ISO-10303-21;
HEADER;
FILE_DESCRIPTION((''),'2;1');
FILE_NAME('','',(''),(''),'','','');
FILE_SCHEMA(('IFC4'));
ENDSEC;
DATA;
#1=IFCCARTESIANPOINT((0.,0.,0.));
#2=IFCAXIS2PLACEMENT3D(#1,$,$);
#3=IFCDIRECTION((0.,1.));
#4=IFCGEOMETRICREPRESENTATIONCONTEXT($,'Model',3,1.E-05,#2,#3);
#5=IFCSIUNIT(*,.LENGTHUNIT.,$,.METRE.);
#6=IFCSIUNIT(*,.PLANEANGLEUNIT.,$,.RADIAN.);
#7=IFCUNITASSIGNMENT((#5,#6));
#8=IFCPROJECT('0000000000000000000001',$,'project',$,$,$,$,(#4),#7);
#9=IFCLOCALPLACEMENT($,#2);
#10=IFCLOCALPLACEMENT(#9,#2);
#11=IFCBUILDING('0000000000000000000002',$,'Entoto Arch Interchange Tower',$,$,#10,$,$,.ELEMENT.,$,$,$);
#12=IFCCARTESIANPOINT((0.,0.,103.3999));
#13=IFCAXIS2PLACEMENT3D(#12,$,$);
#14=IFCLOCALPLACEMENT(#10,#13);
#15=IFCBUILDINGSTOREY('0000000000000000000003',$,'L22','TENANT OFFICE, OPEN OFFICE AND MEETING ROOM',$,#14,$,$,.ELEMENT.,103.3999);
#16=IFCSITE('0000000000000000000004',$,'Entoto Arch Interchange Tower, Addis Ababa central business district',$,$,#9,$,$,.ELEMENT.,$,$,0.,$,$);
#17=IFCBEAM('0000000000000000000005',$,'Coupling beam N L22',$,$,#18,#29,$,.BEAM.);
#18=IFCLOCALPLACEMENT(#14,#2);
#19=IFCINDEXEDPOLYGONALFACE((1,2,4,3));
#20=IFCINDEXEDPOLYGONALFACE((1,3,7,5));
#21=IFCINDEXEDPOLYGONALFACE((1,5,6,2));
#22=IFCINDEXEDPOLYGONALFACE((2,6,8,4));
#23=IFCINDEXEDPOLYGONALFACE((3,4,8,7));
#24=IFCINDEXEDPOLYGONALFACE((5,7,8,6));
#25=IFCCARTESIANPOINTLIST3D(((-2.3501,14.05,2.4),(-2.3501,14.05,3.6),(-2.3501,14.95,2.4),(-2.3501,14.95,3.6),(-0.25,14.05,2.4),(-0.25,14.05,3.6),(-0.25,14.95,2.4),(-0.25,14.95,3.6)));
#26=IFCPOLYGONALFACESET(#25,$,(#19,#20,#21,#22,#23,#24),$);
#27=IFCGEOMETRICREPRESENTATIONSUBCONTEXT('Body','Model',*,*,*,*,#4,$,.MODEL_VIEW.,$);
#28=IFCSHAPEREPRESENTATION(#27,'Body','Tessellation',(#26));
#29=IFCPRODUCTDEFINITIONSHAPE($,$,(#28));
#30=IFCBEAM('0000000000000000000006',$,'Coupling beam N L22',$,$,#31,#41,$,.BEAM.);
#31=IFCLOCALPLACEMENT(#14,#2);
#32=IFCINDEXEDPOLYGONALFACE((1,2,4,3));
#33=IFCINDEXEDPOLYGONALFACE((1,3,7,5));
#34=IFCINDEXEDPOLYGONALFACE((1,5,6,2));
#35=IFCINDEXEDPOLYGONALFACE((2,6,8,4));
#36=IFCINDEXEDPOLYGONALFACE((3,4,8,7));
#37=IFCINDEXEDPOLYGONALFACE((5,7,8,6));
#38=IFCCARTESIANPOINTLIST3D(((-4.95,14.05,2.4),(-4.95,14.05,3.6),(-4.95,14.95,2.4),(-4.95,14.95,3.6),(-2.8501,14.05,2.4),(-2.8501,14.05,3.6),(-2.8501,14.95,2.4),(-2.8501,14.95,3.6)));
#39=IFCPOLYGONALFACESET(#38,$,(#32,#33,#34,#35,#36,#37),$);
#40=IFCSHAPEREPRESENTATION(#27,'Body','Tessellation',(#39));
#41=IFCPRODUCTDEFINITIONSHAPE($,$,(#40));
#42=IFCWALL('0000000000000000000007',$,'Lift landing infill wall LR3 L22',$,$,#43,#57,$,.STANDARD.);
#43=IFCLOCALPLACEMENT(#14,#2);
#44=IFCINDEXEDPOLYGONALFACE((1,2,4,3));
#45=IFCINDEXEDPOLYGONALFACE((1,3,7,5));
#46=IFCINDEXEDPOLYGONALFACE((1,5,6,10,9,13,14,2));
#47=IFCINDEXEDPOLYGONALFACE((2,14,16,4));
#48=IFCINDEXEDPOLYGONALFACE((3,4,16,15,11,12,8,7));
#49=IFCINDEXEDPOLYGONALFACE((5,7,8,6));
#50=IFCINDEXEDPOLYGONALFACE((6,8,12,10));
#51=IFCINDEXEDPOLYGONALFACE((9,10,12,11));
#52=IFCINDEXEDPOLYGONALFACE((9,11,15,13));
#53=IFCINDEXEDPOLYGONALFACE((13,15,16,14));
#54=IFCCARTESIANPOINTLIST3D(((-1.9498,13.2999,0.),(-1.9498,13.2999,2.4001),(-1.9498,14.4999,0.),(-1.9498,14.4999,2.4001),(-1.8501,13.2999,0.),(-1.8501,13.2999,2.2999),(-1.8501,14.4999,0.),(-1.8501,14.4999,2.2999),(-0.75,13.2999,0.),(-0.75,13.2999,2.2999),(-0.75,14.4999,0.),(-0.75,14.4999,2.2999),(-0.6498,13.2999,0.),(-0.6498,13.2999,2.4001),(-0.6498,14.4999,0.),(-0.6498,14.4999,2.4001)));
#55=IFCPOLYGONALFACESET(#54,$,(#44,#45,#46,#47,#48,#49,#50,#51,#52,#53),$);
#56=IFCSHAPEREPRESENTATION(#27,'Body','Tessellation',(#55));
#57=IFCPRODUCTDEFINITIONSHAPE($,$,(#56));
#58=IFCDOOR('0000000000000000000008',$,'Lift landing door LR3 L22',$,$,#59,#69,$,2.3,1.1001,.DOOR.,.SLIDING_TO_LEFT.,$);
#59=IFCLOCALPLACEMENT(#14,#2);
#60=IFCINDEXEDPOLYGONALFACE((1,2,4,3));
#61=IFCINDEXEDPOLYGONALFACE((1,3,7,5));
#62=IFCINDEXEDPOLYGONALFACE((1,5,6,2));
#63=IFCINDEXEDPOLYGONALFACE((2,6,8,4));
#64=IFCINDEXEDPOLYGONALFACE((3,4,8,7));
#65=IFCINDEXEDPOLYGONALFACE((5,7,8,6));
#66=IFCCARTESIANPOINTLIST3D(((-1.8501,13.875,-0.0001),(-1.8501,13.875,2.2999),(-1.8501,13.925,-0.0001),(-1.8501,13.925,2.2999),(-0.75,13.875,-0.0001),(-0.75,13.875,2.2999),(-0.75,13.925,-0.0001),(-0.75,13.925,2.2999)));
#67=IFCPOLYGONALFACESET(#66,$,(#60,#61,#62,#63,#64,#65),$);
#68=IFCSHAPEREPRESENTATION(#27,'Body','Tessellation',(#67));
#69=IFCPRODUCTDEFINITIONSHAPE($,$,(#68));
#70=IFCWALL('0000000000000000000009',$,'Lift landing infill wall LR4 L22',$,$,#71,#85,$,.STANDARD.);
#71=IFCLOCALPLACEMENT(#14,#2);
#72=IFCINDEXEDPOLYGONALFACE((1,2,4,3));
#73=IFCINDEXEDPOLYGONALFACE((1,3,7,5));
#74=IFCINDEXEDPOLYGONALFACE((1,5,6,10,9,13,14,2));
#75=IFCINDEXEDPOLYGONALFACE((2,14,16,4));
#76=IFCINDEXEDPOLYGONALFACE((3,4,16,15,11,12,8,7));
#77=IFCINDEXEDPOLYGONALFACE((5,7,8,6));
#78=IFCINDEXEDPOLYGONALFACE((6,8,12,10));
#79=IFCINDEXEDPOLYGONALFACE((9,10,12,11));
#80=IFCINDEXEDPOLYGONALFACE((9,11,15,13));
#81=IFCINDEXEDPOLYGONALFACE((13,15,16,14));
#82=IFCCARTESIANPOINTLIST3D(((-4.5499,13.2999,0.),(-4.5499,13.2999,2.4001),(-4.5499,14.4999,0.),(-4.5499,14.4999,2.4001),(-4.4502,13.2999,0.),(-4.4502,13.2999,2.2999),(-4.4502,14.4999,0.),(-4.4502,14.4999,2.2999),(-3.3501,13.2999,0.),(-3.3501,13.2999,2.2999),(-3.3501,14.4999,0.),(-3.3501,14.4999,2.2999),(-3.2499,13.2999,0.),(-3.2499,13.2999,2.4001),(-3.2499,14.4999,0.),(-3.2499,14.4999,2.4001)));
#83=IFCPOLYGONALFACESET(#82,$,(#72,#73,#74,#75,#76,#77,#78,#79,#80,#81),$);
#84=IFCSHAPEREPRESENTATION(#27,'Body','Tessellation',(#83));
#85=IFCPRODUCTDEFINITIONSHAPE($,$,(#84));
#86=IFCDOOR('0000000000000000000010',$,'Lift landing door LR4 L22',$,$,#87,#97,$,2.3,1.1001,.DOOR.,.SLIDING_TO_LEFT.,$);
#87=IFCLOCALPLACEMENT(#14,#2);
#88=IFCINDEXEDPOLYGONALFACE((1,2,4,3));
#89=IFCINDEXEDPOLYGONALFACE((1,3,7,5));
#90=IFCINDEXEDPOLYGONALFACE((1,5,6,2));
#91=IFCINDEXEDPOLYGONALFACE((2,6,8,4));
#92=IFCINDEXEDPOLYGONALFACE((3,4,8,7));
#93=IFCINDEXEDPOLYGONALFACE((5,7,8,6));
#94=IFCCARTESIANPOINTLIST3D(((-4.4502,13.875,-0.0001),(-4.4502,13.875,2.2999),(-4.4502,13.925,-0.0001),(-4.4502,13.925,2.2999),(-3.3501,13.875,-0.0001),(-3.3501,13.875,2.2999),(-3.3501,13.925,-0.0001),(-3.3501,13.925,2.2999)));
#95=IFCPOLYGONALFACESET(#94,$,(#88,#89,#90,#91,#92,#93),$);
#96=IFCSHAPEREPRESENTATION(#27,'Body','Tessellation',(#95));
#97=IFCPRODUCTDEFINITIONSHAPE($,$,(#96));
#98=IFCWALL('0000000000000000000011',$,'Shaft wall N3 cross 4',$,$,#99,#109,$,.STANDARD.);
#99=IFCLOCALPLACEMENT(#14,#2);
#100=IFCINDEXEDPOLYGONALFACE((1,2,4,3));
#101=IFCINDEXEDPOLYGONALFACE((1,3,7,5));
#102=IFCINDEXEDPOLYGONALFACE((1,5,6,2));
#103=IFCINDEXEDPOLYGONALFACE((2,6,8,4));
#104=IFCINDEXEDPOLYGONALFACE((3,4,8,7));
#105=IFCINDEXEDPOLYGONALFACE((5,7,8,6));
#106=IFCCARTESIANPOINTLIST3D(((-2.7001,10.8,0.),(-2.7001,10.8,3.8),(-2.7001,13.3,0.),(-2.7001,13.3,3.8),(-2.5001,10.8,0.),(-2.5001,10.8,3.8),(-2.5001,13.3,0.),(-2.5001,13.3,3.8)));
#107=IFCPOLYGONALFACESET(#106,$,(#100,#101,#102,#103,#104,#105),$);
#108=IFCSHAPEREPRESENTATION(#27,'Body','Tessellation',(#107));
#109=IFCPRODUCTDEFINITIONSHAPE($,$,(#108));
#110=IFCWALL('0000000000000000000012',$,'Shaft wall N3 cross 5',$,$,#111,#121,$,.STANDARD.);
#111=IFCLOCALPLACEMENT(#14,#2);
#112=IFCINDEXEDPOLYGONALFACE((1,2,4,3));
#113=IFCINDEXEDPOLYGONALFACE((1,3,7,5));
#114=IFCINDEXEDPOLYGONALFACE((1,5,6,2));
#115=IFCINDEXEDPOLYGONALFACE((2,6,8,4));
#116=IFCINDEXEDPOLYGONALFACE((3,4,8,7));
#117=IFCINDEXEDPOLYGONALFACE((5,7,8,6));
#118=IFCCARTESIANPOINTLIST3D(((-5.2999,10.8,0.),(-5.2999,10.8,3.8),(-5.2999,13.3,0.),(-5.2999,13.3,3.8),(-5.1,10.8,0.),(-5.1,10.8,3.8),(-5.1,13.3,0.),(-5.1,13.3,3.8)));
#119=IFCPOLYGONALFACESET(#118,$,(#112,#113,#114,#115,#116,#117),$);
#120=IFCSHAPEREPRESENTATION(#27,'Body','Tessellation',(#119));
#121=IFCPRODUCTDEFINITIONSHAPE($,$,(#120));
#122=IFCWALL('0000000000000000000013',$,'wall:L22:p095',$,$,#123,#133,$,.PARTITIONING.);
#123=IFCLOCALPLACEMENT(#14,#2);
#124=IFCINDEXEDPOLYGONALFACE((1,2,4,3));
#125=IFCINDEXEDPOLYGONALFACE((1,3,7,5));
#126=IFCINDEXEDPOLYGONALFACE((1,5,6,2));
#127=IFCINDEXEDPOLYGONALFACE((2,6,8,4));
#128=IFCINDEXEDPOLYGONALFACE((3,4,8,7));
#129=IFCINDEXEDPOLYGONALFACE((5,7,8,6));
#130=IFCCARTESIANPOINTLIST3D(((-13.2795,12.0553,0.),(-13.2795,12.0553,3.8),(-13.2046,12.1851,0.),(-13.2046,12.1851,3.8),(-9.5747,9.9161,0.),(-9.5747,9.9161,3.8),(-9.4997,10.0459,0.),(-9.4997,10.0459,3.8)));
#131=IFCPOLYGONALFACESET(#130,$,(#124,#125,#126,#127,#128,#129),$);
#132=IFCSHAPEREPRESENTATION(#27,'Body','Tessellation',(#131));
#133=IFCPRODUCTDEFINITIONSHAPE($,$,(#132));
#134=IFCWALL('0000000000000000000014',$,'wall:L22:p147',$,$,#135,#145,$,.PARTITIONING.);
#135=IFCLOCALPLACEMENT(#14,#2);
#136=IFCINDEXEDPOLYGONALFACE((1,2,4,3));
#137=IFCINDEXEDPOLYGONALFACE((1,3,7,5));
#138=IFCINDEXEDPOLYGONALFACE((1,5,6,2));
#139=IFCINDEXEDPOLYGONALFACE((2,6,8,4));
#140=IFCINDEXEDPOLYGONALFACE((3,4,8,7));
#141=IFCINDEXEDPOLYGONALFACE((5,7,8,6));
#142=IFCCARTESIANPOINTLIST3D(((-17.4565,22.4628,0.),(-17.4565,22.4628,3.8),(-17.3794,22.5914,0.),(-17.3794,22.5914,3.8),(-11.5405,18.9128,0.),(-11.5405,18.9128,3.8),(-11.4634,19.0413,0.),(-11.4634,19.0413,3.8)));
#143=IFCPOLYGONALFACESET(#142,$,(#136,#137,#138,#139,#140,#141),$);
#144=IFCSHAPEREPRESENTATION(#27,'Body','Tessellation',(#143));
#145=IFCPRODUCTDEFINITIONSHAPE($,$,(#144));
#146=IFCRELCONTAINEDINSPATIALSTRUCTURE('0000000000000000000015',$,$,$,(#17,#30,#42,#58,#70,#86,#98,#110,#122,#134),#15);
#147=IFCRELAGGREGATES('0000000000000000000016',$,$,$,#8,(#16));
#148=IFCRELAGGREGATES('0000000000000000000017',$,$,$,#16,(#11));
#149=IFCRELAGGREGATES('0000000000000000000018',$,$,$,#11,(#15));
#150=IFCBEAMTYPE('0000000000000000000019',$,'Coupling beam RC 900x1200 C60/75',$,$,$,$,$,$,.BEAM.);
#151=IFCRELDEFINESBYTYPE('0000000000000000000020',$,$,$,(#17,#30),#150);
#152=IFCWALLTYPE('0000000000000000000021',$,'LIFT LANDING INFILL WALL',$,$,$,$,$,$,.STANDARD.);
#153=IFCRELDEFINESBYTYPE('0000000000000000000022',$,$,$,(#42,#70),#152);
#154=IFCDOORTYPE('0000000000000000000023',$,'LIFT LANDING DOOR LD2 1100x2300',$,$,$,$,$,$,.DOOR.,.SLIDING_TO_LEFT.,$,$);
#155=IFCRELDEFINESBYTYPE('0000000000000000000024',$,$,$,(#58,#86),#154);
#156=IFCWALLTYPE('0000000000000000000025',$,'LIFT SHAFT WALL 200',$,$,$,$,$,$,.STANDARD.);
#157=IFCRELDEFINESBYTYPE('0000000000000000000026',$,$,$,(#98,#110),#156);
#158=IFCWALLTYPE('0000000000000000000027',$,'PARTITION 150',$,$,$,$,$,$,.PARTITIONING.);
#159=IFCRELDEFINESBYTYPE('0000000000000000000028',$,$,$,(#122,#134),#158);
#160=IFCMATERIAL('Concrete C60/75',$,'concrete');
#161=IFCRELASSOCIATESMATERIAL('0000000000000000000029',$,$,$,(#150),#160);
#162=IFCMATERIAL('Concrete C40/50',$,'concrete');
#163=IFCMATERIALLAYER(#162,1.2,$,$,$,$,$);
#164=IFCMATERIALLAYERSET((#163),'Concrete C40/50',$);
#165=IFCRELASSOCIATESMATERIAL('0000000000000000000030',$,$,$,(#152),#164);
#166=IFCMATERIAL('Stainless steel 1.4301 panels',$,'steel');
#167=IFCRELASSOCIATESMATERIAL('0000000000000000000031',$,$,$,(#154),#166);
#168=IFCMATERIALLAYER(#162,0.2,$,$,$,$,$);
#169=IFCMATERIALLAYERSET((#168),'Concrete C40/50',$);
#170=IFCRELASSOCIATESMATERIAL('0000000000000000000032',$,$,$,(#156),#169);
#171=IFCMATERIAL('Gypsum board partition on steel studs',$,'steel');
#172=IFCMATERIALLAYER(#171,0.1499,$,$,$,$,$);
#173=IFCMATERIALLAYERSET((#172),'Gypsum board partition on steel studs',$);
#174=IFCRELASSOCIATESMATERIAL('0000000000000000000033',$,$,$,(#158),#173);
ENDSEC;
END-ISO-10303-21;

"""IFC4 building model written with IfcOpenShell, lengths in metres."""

from ifc_helpers import new_model, si_unit, direction, frame, frame_2d, origin, origin_2d, place, context, subcontext, project, spatial, rectangle, extrude, material, layer, layer_set, material_profile, profile_set, type_object, element, fill, save


model = new_model("IFC4")

# Units and contexts
model_context = context("Model", 3, precision=1e-05, world=origin(), true_north=direction((0.0, 1.0)))
body_context = subcontext(model_context, "Body", "Model", "MODEL_VIEW")
ifc_project = project(units=[si_unit("LENGTHUNIT", "METRE"), si_unit("PLANEANGLEUNIT", "RADIAN")], contexts=[model_context])

# Site, building, storey
site_placement = place(None, origin())
site = spatial("IfcSite", under=ifc_project, at=site_placement, Name="Entoto Arch Interchange Tower, Addis Ababa central business district", CompositionType="ELEMENT", RefElevation=0.0)
building_placement = place(site_placement, origin())
building = spatial("IfcBuilding", under=site, at=building_placement, Name="Entoto Arch Interchange Tower", CompositionType="ELEMENT")
storey_placement = place(building_placement, frame((0.0, 0.0, 103.3999)))
storey = spatial("IfcBuildingStorey", under=building, at=storey_placement, Name="L22", Description="TENANT OFFICE, OPEN OFFICE AND MEETING ROOM", CompositionType="ELEMENT", Elevation=103.3999)

# Beams
ifc_material_1 = material(Name="Concrete C60/75", Category="concrete")
ifc_material_profile = material_profile(ifc_material_1, rectangle(XDim=0.8999, YDim=1.2, at=origin_2d()))
ifc_profile_set = profile_set([ifc_material_profile], Name="Concrete C60/75")
beam_type = type_object("IfcBeamType", Name="Coupling beam RC 900x1200 C60/75", PredefinedType="BEAM", material=ifc_profile_set)
beam_1_placement = place(storey_placement, frame((-0.25, 14.5, 3.0), z_axis=(-1.0, 0.0, 0.0), x_axis=(0.0, -1.0, 0.0)))
element("IfcBeam", 1, at=beam_1_placement, inside=storey, type_object=beam_type, Name="Coupling beam N L22", PredefinedType="BEAM", context=body_context, shape_type="SweptSolid", body=[
    extrude(rectangle(XDim=0.8999, YDim=1.2, at=origin_2d()), origin(), (0.0, 0.0, 1.0), 2.1001),
])
beam_2_placement = place(storey_placement, frame((-2.8501, 14.5, 3.0), z_axis=(-1.0, 0.0, 0.0), x_axis=(0.0, -1.0, 0.0)))
element("IfcBeam", 2, at=beam_2_placement, inside=storey, type_object=beam_type, Name="Coupling beam N L22", PredefinedType="BEAM", context=body_context, shape_type="SweptSolid", body=[
    extrude(rectangle(XDim=0.8999, YDim=1.2, at=origin_2d()), origin(), (0.0, 0.0, 1.0), 2.0999),
])

# Walls, openings, doors
ifc_material_2 = material(Name="Concrete C40/50", Category="concrete")
ifc_layer_1 = layer(ifc_material_2, 1.2)
ifc_layer_set_1 = layer_set([ifc_layer_1], Name="Concrete C40/50")
wall_type_1 = type_object("IfcWallType", Name="LIFT LANDING INFILL WALL", PredefinedType="STANDARD", material=ifc_layer_set_1)
wall_1_placement = place(storey_placement, frame((-0.6499, 13.8999, 0.0), z_axis=(0.0, 0.0, 1.0), x_axis=(-1.0, 0.0, 0.0)))
wall_1 = element("IfcWall", 3, at=wall_1_placement, inside=storey, type_object=wall_type_1, Name="Lift landing infill wall LR3 L22", PredefinedType="STANDARD", context=body_context, shape_type="SweptSolid", body=[
    extrude(rectangle(XDim=1.3, YDim=1.2, at=frame_2d((0.6499, 0.0))), origin(), (0.0, 0.0, 1.0), 2.4001),
])
opening_1_placement = place(wall_1_placement, frame((0.1001, 0.0, 0.0)))
opening_1 = element("IfcOpeningElement", 4, at=opening_1_placement, cuts=wall_1, PredefinedType="OPENING", context=body_context, shape_type="SweptSolid", body=[
    extrude(rectangle(XDim=1.1001, YDim=2.3, at=frame_2d((0.55, 1.1499))), frame((0.0, 0.6099, 0.0), z_axis=(0.0, -1.0, 0.0), x_axis=(1.0, 0.0, 0.0)), (0.0, 0.0, 1.0), 1.22),
])
ifc_material_3 = material(Name="Stainless steel 1.4301 panels", Category="steel")
door_type_1 = type_object("IfcDoorType", Name="LIFT LANDING DOOR LD2 1100x2300", OperationType="SLIDING_TO_LEFT", PredefinedType="DOOR", material=ifc_material_3)
door_1_placement = place(opening_1_placement, origin())
door_1 = element("IfcDoor", 5, at=door_1_placement, inside=storey, type_object=door_type_1, Name="Lift landing door LR3 L22", OperationType="SLIDING_TO_LEFT", OverallHeight=2.3, OverallWidth=1.1001, PredefinedType="DOOR", context=body_context, shape_type="SweptSolid", body=[
    extrude(rectangle(XDim=1.1001, YDim=2.3, at=frame_2d((0.55, 1.1499))), frame((0.0, 0.0249, 0.0), z_axis=(0.0, -1.0, 0.0), x_axis=(1.0, 0.0, 0.0)), (0.0, 0.0, 1.0), 0.05),
])
fill(opening_1, door_1)
wall_2_placement = place(storey_placement, frame((-3.25, 13.8999, 0.0), z_axis=(0.0, 0.0, 1.0), x_axis=(-1.0, 0.0, 0.0)))
wall_2 = element("IfcWall", 6, at=wall_2_placement, inside=storey, type_object=wall_type_1, Name="Lift landing infill wall LR4 L22", PredefinedType="STANDARD", context=body_context, shape_type="SweptSolid", body=[
    extrude(rectangle(XDim=1.3, YDim=1.2, at=frame_2d((0.6499, 0.0))), origin(), (0.0, 0.0, 1.0), 2.4001),
])
opening_2_placement = place(wall_2_placement, frame((0.1001, 0.0, 0.0)))
opening_2 = element("IfcOpeningElement", 7, at=opening_2_placement, cuts=wall_2, PredefinedType="OPENING", context=body_context, shape_type="SweptSolid", body=[
    extrude(rectangle(XDim=1.1001, YDim=2.3, at=frame_2d((0.55, 1.1499))), frame((0.0, 0.6099, 0.0), z_axis=(0.0, -1.0, 0.0), x_axis=(1.0, 0.0, 0.0)), (0.0, 0.0, 1.0), 1.22),
])
door_2_placement = place(opening_2_placement, origin())
door_2 = element("IfcDoor", 8, at=door_2_placement, inside=storey, type_object=door_type_1, Name="Lift landing door LR4 L22", OperationType="SLIDING_TO_LEFT", OverallHeight=2.3, OverallWidth=1.1001, PredefinedType="DOOR", context=body_context, shape_type="SweptSolid", body=[
    extrude(rectangle(XDim=1.1001, YDim=2.3, at=frame_2d((0.55, 1.1499))), frame((0.0, 0.0249, 0.0), z_axis=(0.0, -1.0, 0.0), x_axis=(1.0, 0.0, 0.0)), (0.0, 0.0, 1.0), 0.05),
])
fill(opening_2, door_2)

# Walls
ifc_layer_2 = layer(ifc_material_2, 0.2)
ifc_layer_set_2 = layer_set([ifc_layer_2], Name="Concrete C40/50")
wall_type_2 = type_object("IfcWallType", Name="LIFT SHAFT WALL 200", PredefinedType="STANDARD", material=ifc_layer_set_2)
for number, where, z_axis, x_axis, name in (
    (9, (-2.6001, 10.8, 0.0), (0.0, 0.0, 1.0), (0.0, 1.0, 0.0), "Shaft wall N3 cross 4"),
    (10, (-5.2, 10.8, 0.0), (0.0, 0.0, 1.0), (0.0, 1.0, 0.0), "Shaft wall N3 cross 5"),
):
    element("IfcWall", number, at=place(storey_placement, frame(where, z_axis=z_axis, x_axis=x_axis)), inside=storey, type_object=wall_type_2, Name=name, PredefinedType="STANDARD", context=body_context, shape_type="SweptSolid", body=[
        extrude(rectangle(XDim=2.5, YDim=0.2, at=frame_2d((1.25, 0.0))), origin(), (0.0, 0.0, 1.0), 3.8),
    ])
ifc_material_4 = material(Name="Gypsum board partition on steel studs", Category="steel")
ifc_layer_3 = layer(ifc_material_4, 0.1499)
ifc_layer_set_3 = layer_set([ifc_layer_3], Name="Gypsum board partition on steel studs")
wall_type_3 = type_object("IfcWallType", Name="PARTITION 150", PredefinedType="PARTITIONING", material=ifc_layer_set_3)
wall_3_placement = place(storey_placement, frame((-9.5371, 9.981, 0.0), z_axis=(0.0, 0.0, 1.0), x_axis=(-0.866008, 0.50003, 0.0)))
element("IfcWall", 11, at=wall_3_placement, inside=storey, type_object=wall_type_3, Name="wall:L22:p095", PredefinedType="PARTITIONING", context=body_context, shape_type="SweptSolid", body=[
    extrude(rectangle(XDim=4.2781, YDim=0.1499, at=frame_2d((2.1392, 0.0))), origin(), (0.0, 0.0, 1.0), 3.8),
])
wall_4_placement = place(storey_placement, frame((-11.502, 18.9771, 0.0), z_axis=(0.0, 0.0, 1.0), x_axis=(-0.857465, 0.514543, 0.0)))
element("IfcWall", 12, at=wall_4_placement, inside=storey, type_object=wall_type_3, Name="wall:L22:p147", PredefinedType="PARTITIONING", context=body_context, shape_type="SweptSolid", body=[
    extrude(rectangle(XDim=6.8994, YDim=0.1499, at=frame_2d((3.4497, 0.0))), origin(), (0.0, 0.0, 1.0), 3.8),
])

save(model, "model.ifc")
